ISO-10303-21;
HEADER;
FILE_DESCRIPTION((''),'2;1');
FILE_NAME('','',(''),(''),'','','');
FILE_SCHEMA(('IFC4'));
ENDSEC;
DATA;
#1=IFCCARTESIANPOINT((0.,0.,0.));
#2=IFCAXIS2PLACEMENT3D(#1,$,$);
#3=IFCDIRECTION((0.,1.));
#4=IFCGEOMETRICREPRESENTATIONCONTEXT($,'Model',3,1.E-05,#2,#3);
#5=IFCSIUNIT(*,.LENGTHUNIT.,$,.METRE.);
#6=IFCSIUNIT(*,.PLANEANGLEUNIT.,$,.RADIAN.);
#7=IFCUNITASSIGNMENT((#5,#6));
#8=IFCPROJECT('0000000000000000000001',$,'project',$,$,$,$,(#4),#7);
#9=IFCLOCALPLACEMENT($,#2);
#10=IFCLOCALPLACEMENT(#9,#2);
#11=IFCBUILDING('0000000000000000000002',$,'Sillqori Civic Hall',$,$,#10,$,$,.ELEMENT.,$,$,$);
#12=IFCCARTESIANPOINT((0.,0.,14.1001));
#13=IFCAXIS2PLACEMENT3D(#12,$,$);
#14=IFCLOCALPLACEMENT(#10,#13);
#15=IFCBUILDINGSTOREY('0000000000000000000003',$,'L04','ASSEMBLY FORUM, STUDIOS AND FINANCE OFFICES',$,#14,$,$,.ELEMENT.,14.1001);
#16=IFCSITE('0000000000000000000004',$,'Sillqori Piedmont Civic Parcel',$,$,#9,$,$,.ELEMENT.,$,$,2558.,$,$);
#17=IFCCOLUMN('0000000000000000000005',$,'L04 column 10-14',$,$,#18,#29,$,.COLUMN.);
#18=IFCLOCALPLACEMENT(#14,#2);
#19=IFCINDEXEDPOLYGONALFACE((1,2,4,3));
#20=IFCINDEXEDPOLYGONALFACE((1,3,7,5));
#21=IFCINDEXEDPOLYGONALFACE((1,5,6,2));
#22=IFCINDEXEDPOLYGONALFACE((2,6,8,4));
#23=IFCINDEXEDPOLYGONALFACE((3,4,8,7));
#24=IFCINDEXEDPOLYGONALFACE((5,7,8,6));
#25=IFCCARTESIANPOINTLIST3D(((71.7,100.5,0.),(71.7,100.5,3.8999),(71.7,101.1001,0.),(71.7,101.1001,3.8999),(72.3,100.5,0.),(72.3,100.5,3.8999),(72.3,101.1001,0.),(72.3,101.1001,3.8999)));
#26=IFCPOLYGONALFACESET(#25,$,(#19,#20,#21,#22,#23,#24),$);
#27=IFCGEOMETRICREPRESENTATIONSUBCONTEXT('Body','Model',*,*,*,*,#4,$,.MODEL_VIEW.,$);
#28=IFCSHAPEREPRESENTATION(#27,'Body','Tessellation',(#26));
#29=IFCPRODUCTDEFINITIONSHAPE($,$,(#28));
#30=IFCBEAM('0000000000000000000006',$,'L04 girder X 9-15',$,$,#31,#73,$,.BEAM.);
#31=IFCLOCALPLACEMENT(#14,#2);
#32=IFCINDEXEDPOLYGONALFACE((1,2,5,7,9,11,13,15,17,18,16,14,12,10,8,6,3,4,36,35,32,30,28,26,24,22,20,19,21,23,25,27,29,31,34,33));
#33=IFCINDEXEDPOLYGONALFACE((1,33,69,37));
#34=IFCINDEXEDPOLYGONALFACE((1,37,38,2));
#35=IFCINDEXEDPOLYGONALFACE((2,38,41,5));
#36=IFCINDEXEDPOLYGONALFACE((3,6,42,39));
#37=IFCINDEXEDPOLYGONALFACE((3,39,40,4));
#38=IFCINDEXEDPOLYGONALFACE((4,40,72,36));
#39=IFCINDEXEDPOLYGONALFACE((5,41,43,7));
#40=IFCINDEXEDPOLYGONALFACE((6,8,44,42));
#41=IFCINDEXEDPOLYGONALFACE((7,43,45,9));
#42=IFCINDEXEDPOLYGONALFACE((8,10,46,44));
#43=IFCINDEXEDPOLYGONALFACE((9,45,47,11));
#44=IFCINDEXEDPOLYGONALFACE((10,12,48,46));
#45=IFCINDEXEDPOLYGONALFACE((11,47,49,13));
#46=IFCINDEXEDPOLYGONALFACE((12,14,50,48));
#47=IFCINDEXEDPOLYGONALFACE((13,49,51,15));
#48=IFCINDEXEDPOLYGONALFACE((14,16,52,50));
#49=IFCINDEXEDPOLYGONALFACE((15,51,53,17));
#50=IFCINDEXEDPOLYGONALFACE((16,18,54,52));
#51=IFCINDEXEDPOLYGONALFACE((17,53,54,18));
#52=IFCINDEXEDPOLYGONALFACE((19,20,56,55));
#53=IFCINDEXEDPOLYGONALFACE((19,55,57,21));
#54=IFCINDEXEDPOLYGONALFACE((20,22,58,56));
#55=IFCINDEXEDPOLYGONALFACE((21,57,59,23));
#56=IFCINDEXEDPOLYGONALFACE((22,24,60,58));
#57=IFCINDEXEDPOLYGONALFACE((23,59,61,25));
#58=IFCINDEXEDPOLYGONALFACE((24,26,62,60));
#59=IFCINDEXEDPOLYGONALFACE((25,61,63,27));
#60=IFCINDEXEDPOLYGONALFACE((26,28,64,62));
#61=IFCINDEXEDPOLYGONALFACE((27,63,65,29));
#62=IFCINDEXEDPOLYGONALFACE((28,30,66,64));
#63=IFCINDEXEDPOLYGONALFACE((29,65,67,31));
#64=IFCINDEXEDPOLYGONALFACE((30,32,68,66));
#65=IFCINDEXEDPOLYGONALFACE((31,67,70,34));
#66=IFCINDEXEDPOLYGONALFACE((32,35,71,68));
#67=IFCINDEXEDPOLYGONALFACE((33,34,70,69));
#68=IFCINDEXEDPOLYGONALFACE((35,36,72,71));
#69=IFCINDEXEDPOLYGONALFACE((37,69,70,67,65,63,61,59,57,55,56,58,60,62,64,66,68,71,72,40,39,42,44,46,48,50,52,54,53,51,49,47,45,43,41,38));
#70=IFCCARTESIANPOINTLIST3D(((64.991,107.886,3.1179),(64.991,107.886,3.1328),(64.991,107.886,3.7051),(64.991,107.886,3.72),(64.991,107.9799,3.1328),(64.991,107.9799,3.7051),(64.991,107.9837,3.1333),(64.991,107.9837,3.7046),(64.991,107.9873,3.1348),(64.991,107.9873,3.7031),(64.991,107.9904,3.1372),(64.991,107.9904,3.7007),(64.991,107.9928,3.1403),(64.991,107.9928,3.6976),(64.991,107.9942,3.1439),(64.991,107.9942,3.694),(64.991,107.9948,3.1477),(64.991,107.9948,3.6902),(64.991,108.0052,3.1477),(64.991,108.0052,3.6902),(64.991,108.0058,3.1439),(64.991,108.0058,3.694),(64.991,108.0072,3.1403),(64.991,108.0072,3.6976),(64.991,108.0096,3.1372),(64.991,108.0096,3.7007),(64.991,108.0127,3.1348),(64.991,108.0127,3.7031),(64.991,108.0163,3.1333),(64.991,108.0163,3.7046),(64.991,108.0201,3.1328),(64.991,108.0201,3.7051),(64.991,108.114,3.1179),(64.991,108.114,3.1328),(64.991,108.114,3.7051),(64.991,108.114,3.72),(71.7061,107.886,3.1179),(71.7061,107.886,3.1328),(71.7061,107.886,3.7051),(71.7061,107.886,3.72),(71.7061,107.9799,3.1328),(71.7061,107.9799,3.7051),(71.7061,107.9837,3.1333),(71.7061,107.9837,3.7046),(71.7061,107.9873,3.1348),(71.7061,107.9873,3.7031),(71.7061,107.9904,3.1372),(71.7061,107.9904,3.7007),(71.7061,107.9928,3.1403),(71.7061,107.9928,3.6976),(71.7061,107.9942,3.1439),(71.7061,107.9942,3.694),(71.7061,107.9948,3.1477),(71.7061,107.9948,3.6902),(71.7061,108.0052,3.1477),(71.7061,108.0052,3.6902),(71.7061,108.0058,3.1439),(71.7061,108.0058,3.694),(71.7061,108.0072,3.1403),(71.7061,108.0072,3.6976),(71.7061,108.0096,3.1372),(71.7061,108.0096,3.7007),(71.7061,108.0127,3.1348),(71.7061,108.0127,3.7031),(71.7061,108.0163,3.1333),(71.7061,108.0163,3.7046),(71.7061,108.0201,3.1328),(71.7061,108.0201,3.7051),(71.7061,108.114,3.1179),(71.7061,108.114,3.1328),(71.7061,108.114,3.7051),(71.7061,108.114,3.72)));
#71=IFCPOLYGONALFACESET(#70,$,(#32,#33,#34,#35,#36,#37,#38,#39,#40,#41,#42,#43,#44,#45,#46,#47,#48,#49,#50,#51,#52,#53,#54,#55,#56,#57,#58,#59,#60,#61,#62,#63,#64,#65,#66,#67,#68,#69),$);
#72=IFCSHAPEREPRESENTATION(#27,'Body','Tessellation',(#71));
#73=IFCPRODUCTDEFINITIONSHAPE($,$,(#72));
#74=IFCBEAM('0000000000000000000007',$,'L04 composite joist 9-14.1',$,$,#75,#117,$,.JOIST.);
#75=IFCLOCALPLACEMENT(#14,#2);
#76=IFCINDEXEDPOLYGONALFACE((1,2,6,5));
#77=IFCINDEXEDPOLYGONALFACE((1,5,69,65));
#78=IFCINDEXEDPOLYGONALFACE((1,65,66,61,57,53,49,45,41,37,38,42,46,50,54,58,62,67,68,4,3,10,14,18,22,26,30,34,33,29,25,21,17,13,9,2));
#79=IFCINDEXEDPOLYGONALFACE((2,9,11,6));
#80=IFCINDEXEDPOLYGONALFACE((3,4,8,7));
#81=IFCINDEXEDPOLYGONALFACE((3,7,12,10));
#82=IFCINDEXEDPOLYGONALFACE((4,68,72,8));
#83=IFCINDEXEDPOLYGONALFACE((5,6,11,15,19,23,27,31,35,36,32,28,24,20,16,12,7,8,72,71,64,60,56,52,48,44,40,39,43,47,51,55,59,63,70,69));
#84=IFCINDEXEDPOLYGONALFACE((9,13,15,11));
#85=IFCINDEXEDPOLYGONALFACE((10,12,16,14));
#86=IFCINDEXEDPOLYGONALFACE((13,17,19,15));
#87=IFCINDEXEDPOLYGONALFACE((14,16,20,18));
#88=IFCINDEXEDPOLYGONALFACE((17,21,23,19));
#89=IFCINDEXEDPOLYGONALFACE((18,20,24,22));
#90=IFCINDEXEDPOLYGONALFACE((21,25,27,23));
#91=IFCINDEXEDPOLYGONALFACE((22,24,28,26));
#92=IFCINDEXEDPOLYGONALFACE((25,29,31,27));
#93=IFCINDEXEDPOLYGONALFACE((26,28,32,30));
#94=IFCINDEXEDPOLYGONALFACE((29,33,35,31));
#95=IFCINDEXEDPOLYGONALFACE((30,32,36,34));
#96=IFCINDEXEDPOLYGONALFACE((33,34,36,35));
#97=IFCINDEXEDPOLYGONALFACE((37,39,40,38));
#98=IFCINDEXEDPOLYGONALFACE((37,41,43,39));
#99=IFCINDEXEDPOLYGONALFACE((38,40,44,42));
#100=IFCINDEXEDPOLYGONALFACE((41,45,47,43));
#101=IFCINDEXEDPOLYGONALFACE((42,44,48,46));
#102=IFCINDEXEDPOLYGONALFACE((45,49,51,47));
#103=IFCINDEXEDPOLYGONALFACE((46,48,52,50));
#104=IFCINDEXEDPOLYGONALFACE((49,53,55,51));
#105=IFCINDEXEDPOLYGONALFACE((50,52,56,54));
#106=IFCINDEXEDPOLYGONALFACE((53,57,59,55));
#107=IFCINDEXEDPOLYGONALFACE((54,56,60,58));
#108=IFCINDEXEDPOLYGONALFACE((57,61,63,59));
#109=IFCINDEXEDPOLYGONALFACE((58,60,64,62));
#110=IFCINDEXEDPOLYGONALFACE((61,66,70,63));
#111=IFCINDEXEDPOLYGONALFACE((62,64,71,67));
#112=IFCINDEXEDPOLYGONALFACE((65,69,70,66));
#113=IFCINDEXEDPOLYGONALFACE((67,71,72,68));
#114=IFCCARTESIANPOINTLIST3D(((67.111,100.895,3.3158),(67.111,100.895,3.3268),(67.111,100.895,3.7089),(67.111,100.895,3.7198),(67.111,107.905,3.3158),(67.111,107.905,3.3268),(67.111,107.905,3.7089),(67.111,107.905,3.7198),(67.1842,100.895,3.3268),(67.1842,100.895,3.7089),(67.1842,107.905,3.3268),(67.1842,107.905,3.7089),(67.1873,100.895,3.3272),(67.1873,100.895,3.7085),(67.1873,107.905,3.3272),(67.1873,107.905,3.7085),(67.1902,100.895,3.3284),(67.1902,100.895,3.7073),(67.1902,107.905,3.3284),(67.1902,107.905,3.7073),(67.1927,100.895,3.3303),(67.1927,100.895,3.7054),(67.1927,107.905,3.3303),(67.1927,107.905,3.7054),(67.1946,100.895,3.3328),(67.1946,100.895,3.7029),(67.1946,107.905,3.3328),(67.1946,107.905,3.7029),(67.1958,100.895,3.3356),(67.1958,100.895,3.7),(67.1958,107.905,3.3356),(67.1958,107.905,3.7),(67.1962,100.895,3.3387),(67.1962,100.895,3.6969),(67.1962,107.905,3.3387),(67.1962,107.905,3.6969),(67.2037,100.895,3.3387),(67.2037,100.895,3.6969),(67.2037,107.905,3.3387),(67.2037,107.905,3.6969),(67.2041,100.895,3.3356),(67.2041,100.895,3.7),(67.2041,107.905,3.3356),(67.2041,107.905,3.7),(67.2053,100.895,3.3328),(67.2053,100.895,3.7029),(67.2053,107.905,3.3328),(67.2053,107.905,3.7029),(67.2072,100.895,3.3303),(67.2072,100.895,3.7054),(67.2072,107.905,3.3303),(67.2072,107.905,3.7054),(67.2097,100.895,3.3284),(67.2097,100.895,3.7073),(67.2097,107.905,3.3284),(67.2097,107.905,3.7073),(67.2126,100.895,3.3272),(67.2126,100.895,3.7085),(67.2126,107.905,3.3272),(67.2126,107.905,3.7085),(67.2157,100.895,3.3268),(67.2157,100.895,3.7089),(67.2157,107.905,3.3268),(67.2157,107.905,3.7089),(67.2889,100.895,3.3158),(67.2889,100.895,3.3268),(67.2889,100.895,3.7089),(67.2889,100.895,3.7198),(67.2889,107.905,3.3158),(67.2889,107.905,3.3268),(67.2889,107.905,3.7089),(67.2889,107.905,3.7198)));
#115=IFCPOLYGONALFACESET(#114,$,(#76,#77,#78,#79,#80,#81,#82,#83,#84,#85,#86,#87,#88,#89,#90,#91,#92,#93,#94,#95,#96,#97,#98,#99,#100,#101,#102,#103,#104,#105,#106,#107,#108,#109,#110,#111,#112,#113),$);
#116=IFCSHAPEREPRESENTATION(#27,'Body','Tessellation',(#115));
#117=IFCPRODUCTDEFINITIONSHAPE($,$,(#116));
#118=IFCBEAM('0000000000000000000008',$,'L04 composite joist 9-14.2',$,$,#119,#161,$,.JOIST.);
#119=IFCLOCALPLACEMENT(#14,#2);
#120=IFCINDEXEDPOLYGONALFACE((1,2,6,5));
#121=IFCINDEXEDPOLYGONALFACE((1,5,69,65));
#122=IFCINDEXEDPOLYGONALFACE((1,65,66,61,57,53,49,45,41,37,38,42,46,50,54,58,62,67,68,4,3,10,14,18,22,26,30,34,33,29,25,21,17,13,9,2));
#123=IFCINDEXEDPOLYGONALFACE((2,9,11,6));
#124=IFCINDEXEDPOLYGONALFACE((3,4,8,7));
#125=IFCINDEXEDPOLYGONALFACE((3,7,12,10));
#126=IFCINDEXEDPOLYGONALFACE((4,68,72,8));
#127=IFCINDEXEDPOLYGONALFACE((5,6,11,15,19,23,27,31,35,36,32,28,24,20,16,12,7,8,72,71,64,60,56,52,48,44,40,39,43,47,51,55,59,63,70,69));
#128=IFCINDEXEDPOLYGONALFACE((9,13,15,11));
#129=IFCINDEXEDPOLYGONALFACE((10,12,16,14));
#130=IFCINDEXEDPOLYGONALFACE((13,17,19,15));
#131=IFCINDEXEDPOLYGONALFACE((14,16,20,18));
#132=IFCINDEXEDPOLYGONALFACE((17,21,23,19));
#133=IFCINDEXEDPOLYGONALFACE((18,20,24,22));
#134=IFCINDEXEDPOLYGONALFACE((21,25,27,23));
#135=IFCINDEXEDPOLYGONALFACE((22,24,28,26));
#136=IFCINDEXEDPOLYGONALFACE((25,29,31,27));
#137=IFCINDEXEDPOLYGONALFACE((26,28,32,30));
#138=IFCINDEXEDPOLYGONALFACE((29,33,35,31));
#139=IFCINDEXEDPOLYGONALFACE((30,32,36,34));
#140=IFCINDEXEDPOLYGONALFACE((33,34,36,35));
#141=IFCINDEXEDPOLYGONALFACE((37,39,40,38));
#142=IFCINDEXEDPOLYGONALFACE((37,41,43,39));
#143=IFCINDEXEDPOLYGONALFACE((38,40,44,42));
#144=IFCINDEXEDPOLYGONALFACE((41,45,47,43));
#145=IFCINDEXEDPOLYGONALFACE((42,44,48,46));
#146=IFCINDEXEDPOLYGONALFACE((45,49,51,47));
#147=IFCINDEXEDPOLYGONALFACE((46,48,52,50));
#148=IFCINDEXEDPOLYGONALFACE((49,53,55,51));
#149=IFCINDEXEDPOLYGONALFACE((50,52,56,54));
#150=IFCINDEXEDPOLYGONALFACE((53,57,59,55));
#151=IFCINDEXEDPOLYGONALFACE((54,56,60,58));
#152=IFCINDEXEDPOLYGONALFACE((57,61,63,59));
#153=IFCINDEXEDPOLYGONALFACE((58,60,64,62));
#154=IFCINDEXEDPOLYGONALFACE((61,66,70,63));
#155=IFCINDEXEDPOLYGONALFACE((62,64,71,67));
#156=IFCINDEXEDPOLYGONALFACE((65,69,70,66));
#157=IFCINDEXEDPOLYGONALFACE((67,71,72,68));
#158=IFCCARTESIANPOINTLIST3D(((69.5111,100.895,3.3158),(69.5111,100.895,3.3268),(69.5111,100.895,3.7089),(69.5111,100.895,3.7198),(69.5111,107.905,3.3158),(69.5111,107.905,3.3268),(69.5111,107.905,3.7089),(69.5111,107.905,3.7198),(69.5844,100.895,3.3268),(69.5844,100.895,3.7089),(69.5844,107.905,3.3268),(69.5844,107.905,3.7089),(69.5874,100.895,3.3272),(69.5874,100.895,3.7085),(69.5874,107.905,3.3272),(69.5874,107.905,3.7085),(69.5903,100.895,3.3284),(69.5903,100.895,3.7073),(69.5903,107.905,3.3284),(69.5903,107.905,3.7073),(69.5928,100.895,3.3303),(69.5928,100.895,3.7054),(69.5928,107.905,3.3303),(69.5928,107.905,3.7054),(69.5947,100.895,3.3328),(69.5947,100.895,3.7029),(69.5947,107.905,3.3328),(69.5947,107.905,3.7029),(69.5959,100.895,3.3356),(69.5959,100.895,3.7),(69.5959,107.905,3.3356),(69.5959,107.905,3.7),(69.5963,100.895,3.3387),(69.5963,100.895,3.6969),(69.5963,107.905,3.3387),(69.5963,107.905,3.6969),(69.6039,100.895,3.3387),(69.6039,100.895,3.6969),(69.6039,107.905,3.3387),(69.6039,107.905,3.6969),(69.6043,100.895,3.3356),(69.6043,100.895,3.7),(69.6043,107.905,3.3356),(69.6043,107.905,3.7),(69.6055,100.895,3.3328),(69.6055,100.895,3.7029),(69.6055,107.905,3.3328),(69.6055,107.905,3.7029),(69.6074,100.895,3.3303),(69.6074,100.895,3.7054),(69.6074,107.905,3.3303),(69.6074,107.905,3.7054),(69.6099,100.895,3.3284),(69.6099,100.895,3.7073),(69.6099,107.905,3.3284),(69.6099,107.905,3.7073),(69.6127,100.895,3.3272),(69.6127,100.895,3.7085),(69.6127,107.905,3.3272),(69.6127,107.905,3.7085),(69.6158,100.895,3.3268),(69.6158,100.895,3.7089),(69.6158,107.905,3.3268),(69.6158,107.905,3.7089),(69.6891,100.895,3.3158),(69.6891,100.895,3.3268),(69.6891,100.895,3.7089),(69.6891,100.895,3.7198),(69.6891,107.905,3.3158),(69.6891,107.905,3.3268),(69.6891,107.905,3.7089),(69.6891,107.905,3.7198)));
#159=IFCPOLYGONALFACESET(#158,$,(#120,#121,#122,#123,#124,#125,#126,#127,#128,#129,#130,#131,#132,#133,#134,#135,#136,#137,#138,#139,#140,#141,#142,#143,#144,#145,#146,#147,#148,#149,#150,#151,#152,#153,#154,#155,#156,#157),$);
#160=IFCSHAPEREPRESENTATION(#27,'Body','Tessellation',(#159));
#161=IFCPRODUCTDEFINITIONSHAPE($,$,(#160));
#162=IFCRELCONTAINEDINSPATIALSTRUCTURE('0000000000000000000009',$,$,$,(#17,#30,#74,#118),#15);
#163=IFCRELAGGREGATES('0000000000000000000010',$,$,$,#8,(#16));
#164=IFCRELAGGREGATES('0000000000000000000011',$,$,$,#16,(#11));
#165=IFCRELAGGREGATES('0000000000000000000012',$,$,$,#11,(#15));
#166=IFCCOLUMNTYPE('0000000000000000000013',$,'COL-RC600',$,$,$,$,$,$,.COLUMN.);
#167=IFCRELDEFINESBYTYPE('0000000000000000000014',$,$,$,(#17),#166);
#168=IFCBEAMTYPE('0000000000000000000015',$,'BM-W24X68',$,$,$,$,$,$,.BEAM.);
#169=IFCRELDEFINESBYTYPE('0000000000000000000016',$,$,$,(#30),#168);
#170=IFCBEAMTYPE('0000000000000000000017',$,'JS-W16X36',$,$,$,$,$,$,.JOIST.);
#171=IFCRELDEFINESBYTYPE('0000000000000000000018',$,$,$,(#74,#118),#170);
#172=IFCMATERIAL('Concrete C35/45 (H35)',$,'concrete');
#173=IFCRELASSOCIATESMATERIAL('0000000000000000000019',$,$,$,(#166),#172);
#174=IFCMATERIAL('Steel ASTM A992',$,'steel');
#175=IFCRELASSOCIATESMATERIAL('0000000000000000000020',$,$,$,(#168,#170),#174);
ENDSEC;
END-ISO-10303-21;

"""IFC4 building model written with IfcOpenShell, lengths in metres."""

from ifc_helpers import new_model, si_unit, direction, frame, origin, origin_2d, place, context, subcontext, project, spatial, rectangle, i_section, extrude, material, material_profile, profile_set, type_object, element, save


model = new_model("IFC4")

# Units and contexts
model_context = context("Model", 3, precision=1e-05, world=origin(), true_north=direction((0.0, 1.0)))
body_context = subcontext(model_context, "Body", "Model", "MODEL_VIEW")
ifc_project = project(units=[si_unit("LENGTHUNIT", "METRE"), si_unit("PLANEANGLEUNIT", "RADIAN")], contexts=[model_context])

# Site, building, storey
site_placement = place(None, origin())
site = spatial("IfcSite", under=ifc_project, at=site_placement, Name="Sillqori Piedmont Civic Parcel", CompositionType="ELEMENT", RefElevation=2558.0)
building_placement = place(site_placement, origin())
building = spatial("IfcBuilding", under=site, at=building_placement, Name="Sillqori Civic Hall", CompositionType="ELEMENT")
storey_placement = place(building_placement, frame((0.0, 0.0, 14.1001)))
storey = spatial("IfcBuildingStorey", under=building, at=storey_placement, Name="L04", Description="ASSEMBLY FORUM, STUDIOS AND FINANCE OFFICES", CompositionType="ELEMENT", Elevation=14.1001)

# Column
ifc_material_1 = material(Name="Concrete C35/45 (H35)", Category="concrete")
ifc_material_profile_1 = material_profile(ifc_material_1, rectangle(XDim=0.6001, YDim=0.6001, at=origin_2d()), Name="RC 600x600")
ifc_profile_set_1 = profile_set([ifc_material_profile_1], Name="Concrete C35/45 (H35)")
column_type = type_object("IfcColumnType", Name="COL-RC600", PredefinedType="COLUMN", material=ifc_profile_set_1)
column_placement = place(storey_placement, frame((72.0, 100.8, 0.0), z_axis=(0.0, 0.0, 1.0), x_axis=(1.0, 0.0, 0.0)))
element("IfcColumn", 1, at=column_placement, inside=storey, type_object=column_type, Name="L04 column 10-14", PredefinedType="COLUMN", context=body_context, shape_type="SweptSolid", body=[
    extrude(rectangle(XDim=0.6001, YDim=0.6001, at=origin_2d()), origin(), (0.0, 0.0, 1.0), 3.8999),
])

# Beams
ifc_material_2 = material(Name="Steel ASTM A992", Category="steel")
ifc_material_profile_2 = material_profile(ifc_material_2, i_section(OverallWidth=0.228, OverallDepth=0.6021, WebThickness=0.0105, FlangeThickness=0.0149, FilletRadius=0.0149, at=origin_2d()), Name="W24X68")
ifc_profile_set_2 = profile_set([ifc_material_profile_2], Name="Steel ASTM A992")
beam_type_1 = type_object("IfcBeamType", Name="BM-W24X68", PredefinedType="BEAM", material=ifc_profile_set_2)
beam_1_placement = place(storey_placement, frame((64.991, 108.0, 3.4189), z_axis=(1.0, 0.0, 0.0), x_axis=(0.0, 1.0, 0.0)))
element("IfcBeam", 2, at=beam_1_placement, inside=storey, type_object=beam_type_1, Name="L04 girder X 9-15", PredefinedType="BEAM", context=body_context, shape_type="SweptSolid", body=[
    extrude(i_section(OverallWidth=0.228, OverallDepth=0.6021, WebThickness=0.0105, FlangeThickness=0.0149, FilletRadius=0.0149, at=origin_2d()), origin(), (0.0, 0.0, 1.0), 6.7151),
])
ifc_material_profile_3 = material_profile(ifc_material_2, i_section(OverallWidth=0.178, OverallDepth=0.4041, WebThickness=0.0076, FlangeThickness=0.011, FilletRadius=0.012, at=origin_2d()), Name="W16X36")
ifc_profile_set_3 = profile_set([ifc_material_profile_3], Name="Steel ASTM A992")
beam_type_2 = type_object("IfcBeamType", Name="JS-W16X36", PredefinedType="JOIST", material=ifc_profile_set_3)
for number, where, z_axis, x_axis, name in (
    (3, (67.2, 100.895, 3.5178), (0.0, 1.0, 0.0), (-1.0, 0.0, 0.0), "L04 composite joist 9-14.1"),
    (4, (69.6001, 100.895, 3.5178), (0.0, 1.0, 0.0), (-1.0, 0.0, 0.0), "L04 composite joist 9-14.2"),
):
    element("IfcBeam", number, at=place(storey_placement, frame(where, z_axis=z_axis, x_axis=x_axis)), inside=storey, type_object=beam_type_2, Name=name, PredefinedType="JOIST", context=body_context, shape_type="SweptSolid", body=[
        extrude(i_section(OverallWidth=0.178, OverallDepth=0.4041, WebThickness=0.0076, FlangeThickness=0.011, FilletRadius=0.012, at=origin_2d()), origin(), (0.0, 0.0, 1.0), 7.01),
    ])

save(model, "model.ifc")
